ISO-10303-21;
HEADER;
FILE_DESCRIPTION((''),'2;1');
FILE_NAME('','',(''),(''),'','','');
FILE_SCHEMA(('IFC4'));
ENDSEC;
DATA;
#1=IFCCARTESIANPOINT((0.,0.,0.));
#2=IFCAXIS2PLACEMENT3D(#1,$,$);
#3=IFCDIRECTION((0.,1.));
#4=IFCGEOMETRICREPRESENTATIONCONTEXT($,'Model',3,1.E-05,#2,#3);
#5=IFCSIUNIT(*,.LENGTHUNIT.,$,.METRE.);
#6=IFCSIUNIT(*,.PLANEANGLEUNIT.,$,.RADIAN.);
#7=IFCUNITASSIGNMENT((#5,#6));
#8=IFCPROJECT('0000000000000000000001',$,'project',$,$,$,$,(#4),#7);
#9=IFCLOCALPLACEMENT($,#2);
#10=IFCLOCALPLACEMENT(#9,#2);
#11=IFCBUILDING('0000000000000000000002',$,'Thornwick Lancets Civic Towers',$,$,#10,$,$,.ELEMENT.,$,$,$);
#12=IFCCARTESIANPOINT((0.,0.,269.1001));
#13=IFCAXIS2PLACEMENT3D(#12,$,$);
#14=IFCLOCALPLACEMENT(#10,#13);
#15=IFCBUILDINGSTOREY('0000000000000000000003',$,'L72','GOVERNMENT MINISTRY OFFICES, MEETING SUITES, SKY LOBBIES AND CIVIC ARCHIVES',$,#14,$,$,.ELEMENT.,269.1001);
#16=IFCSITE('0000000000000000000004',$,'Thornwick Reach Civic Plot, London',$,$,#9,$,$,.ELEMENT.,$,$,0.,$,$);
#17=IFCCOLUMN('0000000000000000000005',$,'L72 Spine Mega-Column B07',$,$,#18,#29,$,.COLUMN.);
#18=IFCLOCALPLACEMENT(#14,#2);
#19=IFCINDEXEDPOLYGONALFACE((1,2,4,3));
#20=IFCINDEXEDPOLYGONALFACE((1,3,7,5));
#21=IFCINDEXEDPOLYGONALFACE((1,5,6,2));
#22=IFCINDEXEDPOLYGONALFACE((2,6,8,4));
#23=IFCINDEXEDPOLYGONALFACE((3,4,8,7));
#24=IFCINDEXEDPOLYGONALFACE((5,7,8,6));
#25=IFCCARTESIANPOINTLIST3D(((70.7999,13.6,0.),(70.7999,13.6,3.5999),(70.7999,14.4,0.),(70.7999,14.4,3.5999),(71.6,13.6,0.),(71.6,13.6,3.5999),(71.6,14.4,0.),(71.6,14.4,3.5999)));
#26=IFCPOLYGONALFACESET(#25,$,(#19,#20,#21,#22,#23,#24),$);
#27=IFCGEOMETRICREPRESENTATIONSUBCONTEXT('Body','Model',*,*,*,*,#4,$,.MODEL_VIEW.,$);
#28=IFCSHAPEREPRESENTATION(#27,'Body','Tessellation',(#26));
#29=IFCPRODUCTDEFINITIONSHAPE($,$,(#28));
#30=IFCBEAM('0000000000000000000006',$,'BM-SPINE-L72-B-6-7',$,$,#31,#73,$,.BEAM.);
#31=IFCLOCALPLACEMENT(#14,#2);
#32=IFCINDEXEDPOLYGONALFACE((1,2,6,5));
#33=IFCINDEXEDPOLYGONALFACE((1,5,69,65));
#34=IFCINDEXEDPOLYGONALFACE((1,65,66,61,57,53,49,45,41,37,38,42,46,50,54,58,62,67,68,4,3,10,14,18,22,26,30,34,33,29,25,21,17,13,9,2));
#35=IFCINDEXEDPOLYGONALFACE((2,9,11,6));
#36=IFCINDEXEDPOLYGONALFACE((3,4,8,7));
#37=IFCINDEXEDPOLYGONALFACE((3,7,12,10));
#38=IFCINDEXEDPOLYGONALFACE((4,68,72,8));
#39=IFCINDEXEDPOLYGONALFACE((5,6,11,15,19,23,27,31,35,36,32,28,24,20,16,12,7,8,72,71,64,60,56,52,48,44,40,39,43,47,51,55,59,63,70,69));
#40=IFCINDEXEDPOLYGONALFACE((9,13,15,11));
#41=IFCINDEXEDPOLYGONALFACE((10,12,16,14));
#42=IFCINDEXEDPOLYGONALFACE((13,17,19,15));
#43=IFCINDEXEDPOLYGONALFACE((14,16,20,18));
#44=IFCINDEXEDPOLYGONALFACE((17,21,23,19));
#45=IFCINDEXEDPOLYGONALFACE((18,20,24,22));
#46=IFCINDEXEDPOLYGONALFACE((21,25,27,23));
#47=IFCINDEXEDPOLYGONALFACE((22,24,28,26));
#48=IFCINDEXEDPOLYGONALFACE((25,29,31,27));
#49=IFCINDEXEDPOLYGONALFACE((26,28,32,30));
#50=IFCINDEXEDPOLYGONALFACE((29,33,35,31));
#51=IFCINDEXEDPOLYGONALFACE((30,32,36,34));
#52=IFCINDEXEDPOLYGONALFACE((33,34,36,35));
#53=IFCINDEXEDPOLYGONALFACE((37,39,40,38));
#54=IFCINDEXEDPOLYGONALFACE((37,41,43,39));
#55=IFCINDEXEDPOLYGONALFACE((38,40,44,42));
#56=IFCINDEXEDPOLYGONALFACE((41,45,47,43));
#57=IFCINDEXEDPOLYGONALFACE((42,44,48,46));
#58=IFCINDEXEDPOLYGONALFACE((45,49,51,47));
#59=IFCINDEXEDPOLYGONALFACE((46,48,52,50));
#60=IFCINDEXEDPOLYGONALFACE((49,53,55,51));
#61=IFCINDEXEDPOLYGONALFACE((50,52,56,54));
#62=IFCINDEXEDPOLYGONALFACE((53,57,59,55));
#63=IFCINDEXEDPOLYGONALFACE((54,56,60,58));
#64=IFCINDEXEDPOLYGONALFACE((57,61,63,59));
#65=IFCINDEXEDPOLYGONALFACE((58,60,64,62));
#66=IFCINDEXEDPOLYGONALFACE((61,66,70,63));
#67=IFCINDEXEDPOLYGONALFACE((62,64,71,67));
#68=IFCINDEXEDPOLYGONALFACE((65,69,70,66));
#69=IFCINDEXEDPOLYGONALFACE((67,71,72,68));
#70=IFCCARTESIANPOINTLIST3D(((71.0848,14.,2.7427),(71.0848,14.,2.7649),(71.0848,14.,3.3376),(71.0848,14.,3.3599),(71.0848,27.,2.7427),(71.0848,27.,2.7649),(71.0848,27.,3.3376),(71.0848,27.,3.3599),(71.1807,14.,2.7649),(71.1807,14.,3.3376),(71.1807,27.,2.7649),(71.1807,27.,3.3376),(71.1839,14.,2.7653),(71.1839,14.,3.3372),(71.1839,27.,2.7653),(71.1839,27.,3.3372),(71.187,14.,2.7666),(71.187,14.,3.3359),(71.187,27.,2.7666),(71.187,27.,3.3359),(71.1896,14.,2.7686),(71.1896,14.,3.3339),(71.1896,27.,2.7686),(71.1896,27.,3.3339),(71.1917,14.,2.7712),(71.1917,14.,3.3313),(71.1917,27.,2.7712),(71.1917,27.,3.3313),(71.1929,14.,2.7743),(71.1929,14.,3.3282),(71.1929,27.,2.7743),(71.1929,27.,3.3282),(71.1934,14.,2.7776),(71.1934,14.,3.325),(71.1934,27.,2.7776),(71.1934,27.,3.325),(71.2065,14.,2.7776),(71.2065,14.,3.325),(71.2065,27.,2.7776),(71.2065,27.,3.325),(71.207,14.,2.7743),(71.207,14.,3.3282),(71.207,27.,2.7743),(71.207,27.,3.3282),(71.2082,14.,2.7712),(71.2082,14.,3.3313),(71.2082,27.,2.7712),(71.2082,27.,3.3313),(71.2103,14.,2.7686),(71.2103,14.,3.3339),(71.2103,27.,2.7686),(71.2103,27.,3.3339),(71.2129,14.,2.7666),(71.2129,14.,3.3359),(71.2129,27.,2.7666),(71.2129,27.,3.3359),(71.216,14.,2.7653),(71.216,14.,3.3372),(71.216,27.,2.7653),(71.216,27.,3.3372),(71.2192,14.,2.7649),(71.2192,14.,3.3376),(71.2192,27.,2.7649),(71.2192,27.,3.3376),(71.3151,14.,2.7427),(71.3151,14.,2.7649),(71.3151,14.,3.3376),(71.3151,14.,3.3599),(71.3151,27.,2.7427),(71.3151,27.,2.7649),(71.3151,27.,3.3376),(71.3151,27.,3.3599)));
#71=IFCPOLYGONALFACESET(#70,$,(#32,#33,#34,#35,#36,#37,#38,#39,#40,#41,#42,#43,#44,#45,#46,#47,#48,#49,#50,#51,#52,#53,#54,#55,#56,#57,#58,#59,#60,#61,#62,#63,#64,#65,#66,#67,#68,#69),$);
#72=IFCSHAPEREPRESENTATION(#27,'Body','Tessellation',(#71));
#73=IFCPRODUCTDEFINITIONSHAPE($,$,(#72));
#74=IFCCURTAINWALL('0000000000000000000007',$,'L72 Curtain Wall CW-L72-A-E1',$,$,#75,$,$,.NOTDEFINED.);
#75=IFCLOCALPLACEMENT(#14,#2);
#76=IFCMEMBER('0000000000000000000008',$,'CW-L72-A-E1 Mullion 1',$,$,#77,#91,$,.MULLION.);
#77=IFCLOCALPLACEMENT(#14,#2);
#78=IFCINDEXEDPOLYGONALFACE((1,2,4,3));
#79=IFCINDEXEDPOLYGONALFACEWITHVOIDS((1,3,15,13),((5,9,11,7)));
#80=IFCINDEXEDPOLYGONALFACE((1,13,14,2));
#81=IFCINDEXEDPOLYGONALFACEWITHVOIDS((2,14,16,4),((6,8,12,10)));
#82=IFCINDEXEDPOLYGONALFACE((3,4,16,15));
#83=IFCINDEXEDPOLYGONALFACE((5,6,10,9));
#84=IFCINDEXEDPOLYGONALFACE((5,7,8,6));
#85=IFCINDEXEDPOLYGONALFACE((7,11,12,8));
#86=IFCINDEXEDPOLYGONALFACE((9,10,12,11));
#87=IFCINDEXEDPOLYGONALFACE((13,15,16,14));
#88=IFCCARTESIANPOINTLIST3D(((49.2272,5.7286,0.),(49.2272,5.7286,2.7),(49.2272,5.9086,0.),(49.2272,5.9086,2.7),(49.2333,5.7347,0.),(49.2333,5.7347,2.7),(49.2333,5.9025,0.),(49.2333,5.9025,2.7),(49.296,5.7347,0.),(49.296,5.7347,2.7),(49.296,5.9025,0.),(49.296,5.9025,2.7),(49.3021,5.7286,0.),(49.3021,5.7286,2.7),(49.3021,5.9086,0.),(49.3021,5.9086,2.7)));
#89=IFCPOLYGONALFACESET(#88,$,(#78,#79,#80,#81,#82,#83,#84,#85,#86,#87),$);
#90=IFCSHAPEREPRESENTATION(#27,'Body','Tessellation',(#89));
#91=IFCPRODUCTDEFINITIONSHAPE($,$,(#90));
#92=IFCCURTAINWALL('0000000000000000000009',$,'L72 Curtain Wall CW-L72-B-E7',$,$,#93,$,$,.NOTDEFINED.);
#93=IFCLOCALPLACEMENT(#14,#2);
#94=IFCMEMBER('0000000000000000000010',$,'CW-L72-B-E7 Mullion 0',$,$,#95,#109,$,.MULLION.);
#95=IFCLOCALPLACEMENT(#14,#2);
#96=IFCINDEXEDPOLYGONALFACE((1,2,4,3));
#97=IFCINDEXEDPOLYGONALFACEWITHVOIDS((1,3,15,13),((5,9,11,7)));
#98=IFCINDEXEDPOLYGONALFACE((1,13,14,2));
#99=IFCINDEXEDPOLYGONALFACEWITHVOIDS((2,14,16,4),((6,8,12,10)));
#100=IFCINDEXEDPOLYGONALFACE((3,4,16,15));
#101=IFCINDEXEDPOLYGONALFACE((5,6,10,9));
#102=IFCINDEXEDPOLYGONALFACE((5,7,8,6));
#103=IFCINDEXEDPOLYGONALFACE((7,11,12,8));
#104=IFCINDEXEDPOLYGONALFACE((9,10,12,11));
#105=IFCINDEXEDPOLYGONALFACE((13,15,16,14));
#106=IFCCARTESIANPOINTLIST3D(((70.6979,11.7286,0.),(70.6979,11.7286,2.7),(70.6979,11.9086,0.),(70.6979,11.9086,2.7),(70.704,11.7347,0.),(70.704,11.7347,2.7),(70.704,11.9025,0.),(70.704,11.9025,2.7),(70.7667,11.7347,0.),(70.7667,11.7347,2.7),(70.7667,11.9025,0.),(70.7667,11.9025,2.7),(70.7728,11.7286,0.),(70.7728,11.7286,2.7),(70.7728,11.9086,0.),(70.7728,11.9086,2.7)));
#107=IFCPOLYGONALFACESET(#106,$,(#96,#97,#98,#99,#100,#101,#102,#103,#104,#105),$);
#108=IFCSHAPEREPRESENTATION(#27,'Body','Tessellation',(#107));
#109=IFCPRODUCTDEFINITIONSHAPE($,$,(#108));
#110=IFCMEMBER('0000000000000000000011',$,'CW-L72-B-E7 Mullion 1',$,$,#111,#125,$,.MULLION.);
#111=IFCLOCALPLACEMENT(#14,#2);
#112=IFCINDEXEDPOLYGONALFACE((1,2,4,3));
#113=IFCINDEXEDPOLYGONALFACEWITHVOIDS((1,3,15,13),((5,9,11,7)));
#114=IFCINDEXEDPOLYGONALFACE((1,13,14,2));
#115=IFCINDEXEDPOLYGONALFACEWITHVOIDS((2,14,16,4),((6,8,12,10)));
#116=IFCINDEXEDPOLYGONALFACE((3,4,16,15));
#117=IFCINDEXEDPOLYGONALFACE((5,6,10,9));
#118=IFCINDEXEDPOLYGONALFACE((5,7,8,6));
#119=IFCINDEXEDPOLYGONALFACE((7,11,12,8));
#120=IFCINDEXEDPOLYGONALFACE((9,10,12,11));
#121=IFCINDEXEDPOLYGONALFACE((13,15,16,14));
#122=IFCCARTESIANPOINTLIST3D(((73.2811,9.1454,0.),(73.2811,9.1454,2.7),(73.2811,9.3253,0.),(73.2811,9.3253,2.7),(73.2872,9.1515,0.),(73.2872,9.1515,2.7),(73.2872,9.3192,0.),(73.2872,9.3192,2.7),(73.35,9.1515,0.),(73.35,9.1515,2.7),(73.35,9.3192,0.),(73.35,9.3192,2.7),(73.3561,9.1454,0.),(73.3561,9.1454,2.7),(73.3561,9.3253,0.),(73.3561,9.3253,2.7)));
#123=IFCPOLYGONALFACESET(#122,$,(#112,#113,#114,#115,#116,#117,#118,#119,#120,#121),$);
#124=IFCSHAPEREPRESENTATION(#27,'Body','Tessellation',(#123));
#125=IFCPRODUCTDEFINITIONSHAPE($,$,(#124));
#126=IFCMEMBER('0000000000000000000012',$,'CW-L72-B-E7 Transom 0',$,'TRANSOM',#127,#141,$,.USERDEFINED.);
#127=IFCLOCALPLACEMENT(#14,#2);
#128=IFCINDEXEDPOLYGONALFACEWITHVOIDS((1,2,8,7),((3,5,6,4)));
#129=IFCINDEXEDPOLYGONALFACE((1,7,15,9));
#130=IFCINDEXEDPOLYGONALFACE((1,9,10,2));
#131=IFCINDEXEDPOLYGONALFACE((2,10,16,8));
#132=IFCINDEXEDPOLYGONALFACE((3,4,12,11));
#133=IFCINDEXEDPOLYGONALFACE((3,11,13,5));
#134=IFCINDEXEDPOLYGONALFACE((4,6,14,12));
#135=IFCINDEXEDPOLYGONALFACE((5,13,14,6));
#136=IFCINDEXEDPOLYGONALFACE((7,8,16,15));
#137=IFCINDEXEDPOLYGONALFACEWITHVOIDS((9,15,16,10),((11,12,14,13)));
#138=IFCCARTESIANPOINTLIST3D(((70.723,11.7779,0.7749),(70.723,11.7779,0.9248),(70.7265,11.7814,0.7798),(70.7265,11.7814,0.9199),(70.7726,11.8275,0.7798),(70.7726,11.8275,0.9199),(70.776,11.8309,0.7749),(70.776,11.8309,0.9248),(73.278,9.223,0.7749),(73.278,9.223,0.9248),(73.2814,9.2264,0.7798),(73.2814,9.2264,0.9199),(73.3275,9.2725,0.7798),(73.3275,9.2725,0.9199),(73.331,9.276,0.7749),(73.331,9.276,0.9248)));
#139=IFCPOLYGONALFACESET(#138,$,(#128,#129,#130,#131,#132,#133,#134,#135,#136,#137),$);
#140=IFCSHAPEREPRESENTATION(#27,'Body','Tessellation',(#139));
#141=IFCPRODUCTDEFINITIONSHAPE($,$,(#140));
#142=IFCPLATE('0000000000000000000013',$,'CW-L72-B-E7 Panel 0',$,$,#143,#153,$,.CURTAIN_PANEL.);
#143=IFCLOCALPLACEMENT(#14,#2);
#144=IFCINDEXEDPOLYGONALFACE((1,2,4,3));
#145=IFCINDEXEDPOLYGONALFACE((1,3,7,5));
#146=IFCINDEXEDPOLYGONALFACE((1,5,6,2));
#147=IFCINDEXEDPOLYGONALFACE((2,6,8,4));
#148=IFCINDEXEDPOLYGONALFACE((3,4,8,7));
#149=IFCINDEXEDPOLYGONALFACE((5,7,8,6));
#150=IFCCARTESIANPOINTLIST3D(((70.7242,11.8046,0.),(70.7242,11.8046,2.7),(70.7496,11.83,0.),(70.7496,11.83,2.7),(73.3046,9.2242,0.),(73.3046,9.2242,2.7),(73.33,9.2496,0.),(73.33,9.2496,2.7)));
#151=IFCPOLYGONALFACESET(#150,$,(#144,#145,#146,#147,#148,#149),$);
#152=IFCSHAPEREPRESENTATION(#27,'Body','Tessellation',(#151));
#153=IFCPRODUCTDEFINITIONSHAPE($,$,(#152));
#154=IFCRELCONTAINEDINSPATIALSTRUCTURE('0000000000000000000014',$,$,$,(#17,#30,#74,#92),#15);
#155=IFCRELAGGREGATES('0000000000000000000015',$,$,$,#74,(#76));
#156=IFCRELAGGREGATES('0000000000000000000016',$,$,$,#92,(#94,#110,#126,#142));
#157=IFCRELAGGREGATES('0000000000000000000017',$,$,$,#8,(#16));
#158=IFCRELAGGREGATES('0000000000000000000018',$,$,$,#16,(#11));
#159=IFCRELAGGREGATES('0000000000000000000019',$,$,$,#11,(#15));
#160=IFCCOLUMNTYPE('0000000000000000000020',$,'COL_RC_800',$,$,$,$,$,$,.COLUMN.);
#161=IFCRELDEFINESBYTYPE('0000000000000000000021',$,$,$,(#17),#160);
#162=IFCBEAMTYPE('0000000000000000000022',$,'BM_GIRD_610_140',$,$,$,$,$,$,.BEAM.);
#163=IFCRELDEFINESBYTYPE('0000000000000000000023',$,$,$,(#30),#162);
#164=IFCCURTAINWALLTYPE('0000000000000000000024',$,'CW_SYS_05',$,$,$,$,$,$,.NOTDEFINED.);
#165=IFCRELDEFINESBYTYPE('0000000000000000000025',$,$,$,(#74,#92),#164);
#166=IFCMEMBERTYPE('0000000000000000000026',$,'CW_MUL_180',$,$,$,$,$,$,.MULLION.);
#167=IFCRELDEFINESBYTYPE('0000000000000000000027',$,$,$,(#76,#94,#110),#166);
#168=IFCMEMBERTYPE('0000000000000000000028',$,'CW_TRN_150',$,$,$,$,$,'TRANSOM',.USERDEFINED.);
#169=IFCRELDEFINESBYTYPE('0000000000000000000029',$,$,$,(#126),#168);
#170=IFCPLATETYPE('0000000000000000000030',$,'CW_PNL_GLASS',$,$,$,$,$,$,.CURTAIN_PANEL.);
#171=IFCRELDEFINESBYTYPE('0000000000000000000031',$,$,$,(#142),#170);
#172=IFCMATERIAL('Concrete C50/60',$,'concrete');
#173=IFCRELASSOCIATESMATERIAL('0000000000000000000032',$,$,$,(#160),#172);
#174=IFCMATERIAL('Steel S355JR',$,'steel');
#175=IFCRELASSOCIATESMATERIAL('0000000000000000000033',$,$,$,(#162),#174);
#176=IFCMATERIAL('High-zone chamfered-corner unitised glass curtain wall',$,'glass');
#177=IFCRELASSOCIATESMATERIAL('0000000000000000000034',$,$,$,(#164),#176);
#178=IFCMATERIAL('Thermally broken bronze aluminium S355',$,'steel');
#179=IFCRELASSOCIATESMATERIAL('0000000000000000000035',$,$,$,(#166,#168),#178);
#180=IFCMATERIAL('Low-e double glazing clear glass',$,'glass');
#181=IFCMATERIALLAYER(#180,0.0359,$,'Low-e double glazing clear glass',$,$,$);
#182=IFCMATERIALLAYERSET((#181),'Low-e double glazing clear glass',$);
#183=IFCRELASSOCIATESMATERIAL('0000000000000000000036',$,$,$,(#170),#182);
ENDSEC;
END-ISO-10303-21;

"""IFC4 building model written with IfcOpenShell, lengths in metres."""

from ifc_helpers import new_model, si_unit, direction, frame, origin, origin_2d, place, context, subcontext, project, spatial, rectangle, hollow_rectangle, i_section, extrude, material, layer, layer_set, material_profile, profile_set, type_object, element, aggregate, save


model = new_model("IFC4")

# Units and contexts
model_context = context("Model", 3, precision=1e-05, world=origin(), true_north=direction((0.0, 1.0)))
body_context = subcontext(model_context, "Body", "Model", "MODEL_VIEW")
ifc_project = project(units=[si_unit("LENGTHUNIT", "METRE"), si_unit("PLANEANGLEUNIT", "RADIAN")], contexts=[model_context])

# Site, building, storey
site_placement = place(None, origin())
site = spatial("IfcSite", under=ifc_project, at=site_placement, Name="Thornwick Reach Civic Plot, London", CompositionType="ELEMENT", RefElevation=0.0)
building_placement = place(site_placement, origin())
building = spatial("IfcBuilding", under=site, at=building_placement, Name="Thornwick Lancets Civic Towers", CompositionType="ELEMENT")
storey_placement = place(building_placement, frame((0.0, 0.0, 269.1001)))
storey = spatial("IfcBuildingStorey", under=building, at=storey_placement, Name="L72", Description="GOVERNMENT MINISTRY OFFICES, MEETING SUITES, SKY LOBBIES AND CIVIC ARCHIVES", CompositionType="ELEMENT", Elevation=269.1001)

# Column
ifc_material_1 = material(Name="Concrete C50/60", Category="concrete")
ifc_material_profile_1 = material_profile(ifc_material_1, rectangle(XDim=0.8, YDim=0.8, at=origin_2d()), Name="RC 800x800")
ifc_profile_set_1 = profile_set([ifc_material_profile_1], Name="Concrete C50/60")
column_type = type_object("IfcColumnType", Name="COL_RC_800", PredefinedType="COLUMN", material=ifc_profile_set_1)
column_placement = place(storey_placement, frame((71.2, 14.0, 0.0), z_axis=(0.0, 0.0, 1.0), x_axis=(1.0, 0.0, 0.0)))
element("IfcColumn", 1, at=column_placement, inside=storey, type_object=column_type, Name="L72 Spine Mega-Column B07", PredefinedType="COLUMN", context=body_context, shape_type="SweptSolid", body=[
    extrude(rectangle(XDim=0.8, YDim=0.8, at=origin_2d()), origin(), (0.0, 0.0, 1.0), 3.5999),
])

# Beam
ifc_material_2 = material(Name="Steel S355JR", Category="steel")
ifc_material_profile_2 = material_profile(ifc_material_2, i_section(OverallWidth=0.2302, OverallDepth=0.6172, WebThickness=0.0132, FlangeThickness=0.0222, FilletRadius=0.0127, at=origin_2d()), Name="UKB 610x229x140")
ifc_profile_set_2 = profile_set([ifc_material_profile_2], Name="Steel S355JR")
beam_type = type_object("IfcBeamType", Name="BM_GIRD_610_140", PredefinedType="BEAM", material=ifc_profile_set_2)
beam_placement = place(storey_placement, frame((71.2, 14.0, 3.0513), z_axis=(0.0, 1.0, 0.0), x_axis=(-1.0, 0.0, 0.0)))
element("IfcBeam", 2, at=beam_placement, inside=storey, type_object=beam_type, Name="BM-SPINE-L72-B-6-7", PredefinedType="BEAM", context=body_context, shape_type="SweptSolid", body=[
    extrude(i_section(OverallWidth=0.2302, OverallDepth=0.6172, WebThickness=0.0132, FlangeThickness=0.0222, FilletRadius=0.0127, at=origin_2d()), origin(), (0.0, 0.0, 1.0), 13.0),
])

# Curtain wall, member
ifc_material_3 = material(Name="High-zone chamfered-corner unitised glass curtain wall", Category="glass")
curtain_wall_type = type_object("IfcCurtainWallType", Name="CW_SYS_05", PredefinedType="NOTDEFINED", material=ifc_material_3)
curtain_wall_1_placement = place(storey_placement, origin())
curtain_wall_1 = element("IfcCurtainWall", 3, at=curtain_wall_1_placement, inside=storey, type_object=curtain_wall_type, Name="L72 Curtain Wall CW-L72-A-E1", PredefinedType="NOTDEFINED")
ifc_material_4 = material(Name="Thermally broken bronze aluminium S355", Category="steel")
ifc_material_profile_3 = material_profile(ifc_material_4, hollow_rectangle(XDim=0.075, YDim=0.1799, WallThickness=0.0061, at=origin_2d()), Name="RHS 180x75x6")
ifc_profile_set_3 = profile_set([ifc_material_profile_3], Name="Thermally broken bronze aluminium S355")
member_type_1 = type_object("IfcMemberType", Name="CW_MUL_180", PredefinedType="MULLION", material=ifc_profile_set_3)
member_1_placement = place(storey_placement, frame((49.2646, 5.8186, 0.0), z_axis=(0.0, 0.0, 1.0), x_axis=(1.0, 0.0, 0.0)))
member_1 = element("IfcMember", 4, at=member_1_placement, type_object=member_type_1, Name="CW-L72-A-E1 Mullion 1", PredefinedType="MULLION", context=body_context, shape_type="SweptSolid", body=[
    extrude(hollow_rectangle(XDim=0.075, YDim=0.1799, WallThickness=0.0061, at=origin_2d()), origin(), (0.0, 0.0, 1.0), 2.7),
])
aggregate(curtain_wall_1, [member_1])

# Curtain wall, members, plate
curtain_wall_2_placement = place(storey_placement, origin())
curtain_wall_2 = element("IfcCurtainWall", 5, at=curtain_wall_2_placement, inside=storey, type_object=curtain_wall_type, Name="L72 Curtain Wall CW-L72-B-E7", PredefinedType="NOTDEFINED")
member_2_placement = place(storey_placement, frame((70.7354, 11.8186, 0.0), z_axis=(0.0, 0.0, 1.0), x_axis=(1.0, 0.0, 0.0)))
member_2 = element("IfcMember", 6, at=member_2_placement, type_object=member_type_1, Name="CW-L72-B-E7 Mullion 0", PredefinedType="MULLION", context=body_context, shape_type="SweptSolid", body=[
    extrude(hollow_rectangle(XDim=0.075, YDim=0.1799, WallThickness=0.0061, at=origin_2d()), origin(), (0.0, 0.0, 1.0), 2.7),
])
member_3_placement = place(storey_placement, frame((73.3186, 9.2354, 0.0), z_axis=(0.0, 0.0, 1.0), x_axis=(1.0, 0.0, 0.0)))
member_3 = element("IfcMember", 7, at=member_3_placement, type_object=member_type_1, Name="CW-L72-B-E7 Mullion 1", PredefinedType="MULLION", context=body_context, shape_type="SweptSolid", body=[
    extrude(hollow_rectangle(XDim=0.075, YDim=0.1799, WallThickness=0.0061, at=origin_2d()), origin(), (0.0, 0.0, 1.0), 2.7),
])
ifc_material_profile_4 = material_profile(ifc_material_4, hollow_rectangle(XDim=0.075, YDim=0.1499, WallThickness=0.0049, at=origin_2d()), Name="RHS 150x75x5")
ifc_profile_set_4 = profile_set([ifc_material_profile_4], Name="Thermally broken bronze aluminium S355")
member_type_2 = type_object("IfcMemberType", Name="CW_TRN_150", ElementType="TRANSOM", PredefinedType="USERDEFINED", material=ifc_profile_set_4)
member_4_placement = place(storey_placement, frame((70.7495, 11.8044, 0.8499), z_axis=(0.707107, -0.707107, 0.0), x_axis=(0.707107, 0.707107, 0.0)))
member_4 = element("IfcMember", 8, at=member_4_placement, type_object=member_type_2, Name="CW-L72-B-E7 Transom 0", ObjectType="TRANSOM", PredefinedType="USERDEFINED", context=body_context, shape_type="SweptSolid", body=[
    extrude(hollow_rectangle(XDim=0.075, YDim=0.1499, WallThickness=0.0049, at=origin_2d()), origin(), (0.0, 0.0, 1.0), 3.6133),
])
ifc_material_5 = material(Name="Low-e double glazing clear glass", Category="glass")
ifc_layer_1 = layer(ifc_material_5, 0.0359, Name="Low-e double glazing clear glass")
ifc_layer_set_1 = layer_set([ifc_layer_1], Name="Low-e double glazing clear glass")
plate_type = type_object("IfcPlateType", Name="CW_PNL_GLASS", PredefinedType="CURTAIN_PANEL", material=ifc_layer_set_1)
plate_placement = place(storey_placement, frame((72.0271, 10.5271, 0.0), z_axis=(0.0, 0.0, 1.0), x_axis=(0.707107, -0.707107, 0.0)))
plate = element("IfcPlate", 9, at=plate_placement, type_object=plate_type, Name="CW-L72-B-E7 Panel 0", PredefinedType="CURTAIN_PANEL", context=body_context, shape_type="SweptSolid", body=[
    extrude(rectangle(XDim=3.6492, YDim=0.0359, at=origin_2d()), origin(), (0.0, 0.0, 1.0), 2.7),
])
aggregate(curtain_wall_2, [member_2, member_3, member_4, plate])

save(model, "model.ifc")
